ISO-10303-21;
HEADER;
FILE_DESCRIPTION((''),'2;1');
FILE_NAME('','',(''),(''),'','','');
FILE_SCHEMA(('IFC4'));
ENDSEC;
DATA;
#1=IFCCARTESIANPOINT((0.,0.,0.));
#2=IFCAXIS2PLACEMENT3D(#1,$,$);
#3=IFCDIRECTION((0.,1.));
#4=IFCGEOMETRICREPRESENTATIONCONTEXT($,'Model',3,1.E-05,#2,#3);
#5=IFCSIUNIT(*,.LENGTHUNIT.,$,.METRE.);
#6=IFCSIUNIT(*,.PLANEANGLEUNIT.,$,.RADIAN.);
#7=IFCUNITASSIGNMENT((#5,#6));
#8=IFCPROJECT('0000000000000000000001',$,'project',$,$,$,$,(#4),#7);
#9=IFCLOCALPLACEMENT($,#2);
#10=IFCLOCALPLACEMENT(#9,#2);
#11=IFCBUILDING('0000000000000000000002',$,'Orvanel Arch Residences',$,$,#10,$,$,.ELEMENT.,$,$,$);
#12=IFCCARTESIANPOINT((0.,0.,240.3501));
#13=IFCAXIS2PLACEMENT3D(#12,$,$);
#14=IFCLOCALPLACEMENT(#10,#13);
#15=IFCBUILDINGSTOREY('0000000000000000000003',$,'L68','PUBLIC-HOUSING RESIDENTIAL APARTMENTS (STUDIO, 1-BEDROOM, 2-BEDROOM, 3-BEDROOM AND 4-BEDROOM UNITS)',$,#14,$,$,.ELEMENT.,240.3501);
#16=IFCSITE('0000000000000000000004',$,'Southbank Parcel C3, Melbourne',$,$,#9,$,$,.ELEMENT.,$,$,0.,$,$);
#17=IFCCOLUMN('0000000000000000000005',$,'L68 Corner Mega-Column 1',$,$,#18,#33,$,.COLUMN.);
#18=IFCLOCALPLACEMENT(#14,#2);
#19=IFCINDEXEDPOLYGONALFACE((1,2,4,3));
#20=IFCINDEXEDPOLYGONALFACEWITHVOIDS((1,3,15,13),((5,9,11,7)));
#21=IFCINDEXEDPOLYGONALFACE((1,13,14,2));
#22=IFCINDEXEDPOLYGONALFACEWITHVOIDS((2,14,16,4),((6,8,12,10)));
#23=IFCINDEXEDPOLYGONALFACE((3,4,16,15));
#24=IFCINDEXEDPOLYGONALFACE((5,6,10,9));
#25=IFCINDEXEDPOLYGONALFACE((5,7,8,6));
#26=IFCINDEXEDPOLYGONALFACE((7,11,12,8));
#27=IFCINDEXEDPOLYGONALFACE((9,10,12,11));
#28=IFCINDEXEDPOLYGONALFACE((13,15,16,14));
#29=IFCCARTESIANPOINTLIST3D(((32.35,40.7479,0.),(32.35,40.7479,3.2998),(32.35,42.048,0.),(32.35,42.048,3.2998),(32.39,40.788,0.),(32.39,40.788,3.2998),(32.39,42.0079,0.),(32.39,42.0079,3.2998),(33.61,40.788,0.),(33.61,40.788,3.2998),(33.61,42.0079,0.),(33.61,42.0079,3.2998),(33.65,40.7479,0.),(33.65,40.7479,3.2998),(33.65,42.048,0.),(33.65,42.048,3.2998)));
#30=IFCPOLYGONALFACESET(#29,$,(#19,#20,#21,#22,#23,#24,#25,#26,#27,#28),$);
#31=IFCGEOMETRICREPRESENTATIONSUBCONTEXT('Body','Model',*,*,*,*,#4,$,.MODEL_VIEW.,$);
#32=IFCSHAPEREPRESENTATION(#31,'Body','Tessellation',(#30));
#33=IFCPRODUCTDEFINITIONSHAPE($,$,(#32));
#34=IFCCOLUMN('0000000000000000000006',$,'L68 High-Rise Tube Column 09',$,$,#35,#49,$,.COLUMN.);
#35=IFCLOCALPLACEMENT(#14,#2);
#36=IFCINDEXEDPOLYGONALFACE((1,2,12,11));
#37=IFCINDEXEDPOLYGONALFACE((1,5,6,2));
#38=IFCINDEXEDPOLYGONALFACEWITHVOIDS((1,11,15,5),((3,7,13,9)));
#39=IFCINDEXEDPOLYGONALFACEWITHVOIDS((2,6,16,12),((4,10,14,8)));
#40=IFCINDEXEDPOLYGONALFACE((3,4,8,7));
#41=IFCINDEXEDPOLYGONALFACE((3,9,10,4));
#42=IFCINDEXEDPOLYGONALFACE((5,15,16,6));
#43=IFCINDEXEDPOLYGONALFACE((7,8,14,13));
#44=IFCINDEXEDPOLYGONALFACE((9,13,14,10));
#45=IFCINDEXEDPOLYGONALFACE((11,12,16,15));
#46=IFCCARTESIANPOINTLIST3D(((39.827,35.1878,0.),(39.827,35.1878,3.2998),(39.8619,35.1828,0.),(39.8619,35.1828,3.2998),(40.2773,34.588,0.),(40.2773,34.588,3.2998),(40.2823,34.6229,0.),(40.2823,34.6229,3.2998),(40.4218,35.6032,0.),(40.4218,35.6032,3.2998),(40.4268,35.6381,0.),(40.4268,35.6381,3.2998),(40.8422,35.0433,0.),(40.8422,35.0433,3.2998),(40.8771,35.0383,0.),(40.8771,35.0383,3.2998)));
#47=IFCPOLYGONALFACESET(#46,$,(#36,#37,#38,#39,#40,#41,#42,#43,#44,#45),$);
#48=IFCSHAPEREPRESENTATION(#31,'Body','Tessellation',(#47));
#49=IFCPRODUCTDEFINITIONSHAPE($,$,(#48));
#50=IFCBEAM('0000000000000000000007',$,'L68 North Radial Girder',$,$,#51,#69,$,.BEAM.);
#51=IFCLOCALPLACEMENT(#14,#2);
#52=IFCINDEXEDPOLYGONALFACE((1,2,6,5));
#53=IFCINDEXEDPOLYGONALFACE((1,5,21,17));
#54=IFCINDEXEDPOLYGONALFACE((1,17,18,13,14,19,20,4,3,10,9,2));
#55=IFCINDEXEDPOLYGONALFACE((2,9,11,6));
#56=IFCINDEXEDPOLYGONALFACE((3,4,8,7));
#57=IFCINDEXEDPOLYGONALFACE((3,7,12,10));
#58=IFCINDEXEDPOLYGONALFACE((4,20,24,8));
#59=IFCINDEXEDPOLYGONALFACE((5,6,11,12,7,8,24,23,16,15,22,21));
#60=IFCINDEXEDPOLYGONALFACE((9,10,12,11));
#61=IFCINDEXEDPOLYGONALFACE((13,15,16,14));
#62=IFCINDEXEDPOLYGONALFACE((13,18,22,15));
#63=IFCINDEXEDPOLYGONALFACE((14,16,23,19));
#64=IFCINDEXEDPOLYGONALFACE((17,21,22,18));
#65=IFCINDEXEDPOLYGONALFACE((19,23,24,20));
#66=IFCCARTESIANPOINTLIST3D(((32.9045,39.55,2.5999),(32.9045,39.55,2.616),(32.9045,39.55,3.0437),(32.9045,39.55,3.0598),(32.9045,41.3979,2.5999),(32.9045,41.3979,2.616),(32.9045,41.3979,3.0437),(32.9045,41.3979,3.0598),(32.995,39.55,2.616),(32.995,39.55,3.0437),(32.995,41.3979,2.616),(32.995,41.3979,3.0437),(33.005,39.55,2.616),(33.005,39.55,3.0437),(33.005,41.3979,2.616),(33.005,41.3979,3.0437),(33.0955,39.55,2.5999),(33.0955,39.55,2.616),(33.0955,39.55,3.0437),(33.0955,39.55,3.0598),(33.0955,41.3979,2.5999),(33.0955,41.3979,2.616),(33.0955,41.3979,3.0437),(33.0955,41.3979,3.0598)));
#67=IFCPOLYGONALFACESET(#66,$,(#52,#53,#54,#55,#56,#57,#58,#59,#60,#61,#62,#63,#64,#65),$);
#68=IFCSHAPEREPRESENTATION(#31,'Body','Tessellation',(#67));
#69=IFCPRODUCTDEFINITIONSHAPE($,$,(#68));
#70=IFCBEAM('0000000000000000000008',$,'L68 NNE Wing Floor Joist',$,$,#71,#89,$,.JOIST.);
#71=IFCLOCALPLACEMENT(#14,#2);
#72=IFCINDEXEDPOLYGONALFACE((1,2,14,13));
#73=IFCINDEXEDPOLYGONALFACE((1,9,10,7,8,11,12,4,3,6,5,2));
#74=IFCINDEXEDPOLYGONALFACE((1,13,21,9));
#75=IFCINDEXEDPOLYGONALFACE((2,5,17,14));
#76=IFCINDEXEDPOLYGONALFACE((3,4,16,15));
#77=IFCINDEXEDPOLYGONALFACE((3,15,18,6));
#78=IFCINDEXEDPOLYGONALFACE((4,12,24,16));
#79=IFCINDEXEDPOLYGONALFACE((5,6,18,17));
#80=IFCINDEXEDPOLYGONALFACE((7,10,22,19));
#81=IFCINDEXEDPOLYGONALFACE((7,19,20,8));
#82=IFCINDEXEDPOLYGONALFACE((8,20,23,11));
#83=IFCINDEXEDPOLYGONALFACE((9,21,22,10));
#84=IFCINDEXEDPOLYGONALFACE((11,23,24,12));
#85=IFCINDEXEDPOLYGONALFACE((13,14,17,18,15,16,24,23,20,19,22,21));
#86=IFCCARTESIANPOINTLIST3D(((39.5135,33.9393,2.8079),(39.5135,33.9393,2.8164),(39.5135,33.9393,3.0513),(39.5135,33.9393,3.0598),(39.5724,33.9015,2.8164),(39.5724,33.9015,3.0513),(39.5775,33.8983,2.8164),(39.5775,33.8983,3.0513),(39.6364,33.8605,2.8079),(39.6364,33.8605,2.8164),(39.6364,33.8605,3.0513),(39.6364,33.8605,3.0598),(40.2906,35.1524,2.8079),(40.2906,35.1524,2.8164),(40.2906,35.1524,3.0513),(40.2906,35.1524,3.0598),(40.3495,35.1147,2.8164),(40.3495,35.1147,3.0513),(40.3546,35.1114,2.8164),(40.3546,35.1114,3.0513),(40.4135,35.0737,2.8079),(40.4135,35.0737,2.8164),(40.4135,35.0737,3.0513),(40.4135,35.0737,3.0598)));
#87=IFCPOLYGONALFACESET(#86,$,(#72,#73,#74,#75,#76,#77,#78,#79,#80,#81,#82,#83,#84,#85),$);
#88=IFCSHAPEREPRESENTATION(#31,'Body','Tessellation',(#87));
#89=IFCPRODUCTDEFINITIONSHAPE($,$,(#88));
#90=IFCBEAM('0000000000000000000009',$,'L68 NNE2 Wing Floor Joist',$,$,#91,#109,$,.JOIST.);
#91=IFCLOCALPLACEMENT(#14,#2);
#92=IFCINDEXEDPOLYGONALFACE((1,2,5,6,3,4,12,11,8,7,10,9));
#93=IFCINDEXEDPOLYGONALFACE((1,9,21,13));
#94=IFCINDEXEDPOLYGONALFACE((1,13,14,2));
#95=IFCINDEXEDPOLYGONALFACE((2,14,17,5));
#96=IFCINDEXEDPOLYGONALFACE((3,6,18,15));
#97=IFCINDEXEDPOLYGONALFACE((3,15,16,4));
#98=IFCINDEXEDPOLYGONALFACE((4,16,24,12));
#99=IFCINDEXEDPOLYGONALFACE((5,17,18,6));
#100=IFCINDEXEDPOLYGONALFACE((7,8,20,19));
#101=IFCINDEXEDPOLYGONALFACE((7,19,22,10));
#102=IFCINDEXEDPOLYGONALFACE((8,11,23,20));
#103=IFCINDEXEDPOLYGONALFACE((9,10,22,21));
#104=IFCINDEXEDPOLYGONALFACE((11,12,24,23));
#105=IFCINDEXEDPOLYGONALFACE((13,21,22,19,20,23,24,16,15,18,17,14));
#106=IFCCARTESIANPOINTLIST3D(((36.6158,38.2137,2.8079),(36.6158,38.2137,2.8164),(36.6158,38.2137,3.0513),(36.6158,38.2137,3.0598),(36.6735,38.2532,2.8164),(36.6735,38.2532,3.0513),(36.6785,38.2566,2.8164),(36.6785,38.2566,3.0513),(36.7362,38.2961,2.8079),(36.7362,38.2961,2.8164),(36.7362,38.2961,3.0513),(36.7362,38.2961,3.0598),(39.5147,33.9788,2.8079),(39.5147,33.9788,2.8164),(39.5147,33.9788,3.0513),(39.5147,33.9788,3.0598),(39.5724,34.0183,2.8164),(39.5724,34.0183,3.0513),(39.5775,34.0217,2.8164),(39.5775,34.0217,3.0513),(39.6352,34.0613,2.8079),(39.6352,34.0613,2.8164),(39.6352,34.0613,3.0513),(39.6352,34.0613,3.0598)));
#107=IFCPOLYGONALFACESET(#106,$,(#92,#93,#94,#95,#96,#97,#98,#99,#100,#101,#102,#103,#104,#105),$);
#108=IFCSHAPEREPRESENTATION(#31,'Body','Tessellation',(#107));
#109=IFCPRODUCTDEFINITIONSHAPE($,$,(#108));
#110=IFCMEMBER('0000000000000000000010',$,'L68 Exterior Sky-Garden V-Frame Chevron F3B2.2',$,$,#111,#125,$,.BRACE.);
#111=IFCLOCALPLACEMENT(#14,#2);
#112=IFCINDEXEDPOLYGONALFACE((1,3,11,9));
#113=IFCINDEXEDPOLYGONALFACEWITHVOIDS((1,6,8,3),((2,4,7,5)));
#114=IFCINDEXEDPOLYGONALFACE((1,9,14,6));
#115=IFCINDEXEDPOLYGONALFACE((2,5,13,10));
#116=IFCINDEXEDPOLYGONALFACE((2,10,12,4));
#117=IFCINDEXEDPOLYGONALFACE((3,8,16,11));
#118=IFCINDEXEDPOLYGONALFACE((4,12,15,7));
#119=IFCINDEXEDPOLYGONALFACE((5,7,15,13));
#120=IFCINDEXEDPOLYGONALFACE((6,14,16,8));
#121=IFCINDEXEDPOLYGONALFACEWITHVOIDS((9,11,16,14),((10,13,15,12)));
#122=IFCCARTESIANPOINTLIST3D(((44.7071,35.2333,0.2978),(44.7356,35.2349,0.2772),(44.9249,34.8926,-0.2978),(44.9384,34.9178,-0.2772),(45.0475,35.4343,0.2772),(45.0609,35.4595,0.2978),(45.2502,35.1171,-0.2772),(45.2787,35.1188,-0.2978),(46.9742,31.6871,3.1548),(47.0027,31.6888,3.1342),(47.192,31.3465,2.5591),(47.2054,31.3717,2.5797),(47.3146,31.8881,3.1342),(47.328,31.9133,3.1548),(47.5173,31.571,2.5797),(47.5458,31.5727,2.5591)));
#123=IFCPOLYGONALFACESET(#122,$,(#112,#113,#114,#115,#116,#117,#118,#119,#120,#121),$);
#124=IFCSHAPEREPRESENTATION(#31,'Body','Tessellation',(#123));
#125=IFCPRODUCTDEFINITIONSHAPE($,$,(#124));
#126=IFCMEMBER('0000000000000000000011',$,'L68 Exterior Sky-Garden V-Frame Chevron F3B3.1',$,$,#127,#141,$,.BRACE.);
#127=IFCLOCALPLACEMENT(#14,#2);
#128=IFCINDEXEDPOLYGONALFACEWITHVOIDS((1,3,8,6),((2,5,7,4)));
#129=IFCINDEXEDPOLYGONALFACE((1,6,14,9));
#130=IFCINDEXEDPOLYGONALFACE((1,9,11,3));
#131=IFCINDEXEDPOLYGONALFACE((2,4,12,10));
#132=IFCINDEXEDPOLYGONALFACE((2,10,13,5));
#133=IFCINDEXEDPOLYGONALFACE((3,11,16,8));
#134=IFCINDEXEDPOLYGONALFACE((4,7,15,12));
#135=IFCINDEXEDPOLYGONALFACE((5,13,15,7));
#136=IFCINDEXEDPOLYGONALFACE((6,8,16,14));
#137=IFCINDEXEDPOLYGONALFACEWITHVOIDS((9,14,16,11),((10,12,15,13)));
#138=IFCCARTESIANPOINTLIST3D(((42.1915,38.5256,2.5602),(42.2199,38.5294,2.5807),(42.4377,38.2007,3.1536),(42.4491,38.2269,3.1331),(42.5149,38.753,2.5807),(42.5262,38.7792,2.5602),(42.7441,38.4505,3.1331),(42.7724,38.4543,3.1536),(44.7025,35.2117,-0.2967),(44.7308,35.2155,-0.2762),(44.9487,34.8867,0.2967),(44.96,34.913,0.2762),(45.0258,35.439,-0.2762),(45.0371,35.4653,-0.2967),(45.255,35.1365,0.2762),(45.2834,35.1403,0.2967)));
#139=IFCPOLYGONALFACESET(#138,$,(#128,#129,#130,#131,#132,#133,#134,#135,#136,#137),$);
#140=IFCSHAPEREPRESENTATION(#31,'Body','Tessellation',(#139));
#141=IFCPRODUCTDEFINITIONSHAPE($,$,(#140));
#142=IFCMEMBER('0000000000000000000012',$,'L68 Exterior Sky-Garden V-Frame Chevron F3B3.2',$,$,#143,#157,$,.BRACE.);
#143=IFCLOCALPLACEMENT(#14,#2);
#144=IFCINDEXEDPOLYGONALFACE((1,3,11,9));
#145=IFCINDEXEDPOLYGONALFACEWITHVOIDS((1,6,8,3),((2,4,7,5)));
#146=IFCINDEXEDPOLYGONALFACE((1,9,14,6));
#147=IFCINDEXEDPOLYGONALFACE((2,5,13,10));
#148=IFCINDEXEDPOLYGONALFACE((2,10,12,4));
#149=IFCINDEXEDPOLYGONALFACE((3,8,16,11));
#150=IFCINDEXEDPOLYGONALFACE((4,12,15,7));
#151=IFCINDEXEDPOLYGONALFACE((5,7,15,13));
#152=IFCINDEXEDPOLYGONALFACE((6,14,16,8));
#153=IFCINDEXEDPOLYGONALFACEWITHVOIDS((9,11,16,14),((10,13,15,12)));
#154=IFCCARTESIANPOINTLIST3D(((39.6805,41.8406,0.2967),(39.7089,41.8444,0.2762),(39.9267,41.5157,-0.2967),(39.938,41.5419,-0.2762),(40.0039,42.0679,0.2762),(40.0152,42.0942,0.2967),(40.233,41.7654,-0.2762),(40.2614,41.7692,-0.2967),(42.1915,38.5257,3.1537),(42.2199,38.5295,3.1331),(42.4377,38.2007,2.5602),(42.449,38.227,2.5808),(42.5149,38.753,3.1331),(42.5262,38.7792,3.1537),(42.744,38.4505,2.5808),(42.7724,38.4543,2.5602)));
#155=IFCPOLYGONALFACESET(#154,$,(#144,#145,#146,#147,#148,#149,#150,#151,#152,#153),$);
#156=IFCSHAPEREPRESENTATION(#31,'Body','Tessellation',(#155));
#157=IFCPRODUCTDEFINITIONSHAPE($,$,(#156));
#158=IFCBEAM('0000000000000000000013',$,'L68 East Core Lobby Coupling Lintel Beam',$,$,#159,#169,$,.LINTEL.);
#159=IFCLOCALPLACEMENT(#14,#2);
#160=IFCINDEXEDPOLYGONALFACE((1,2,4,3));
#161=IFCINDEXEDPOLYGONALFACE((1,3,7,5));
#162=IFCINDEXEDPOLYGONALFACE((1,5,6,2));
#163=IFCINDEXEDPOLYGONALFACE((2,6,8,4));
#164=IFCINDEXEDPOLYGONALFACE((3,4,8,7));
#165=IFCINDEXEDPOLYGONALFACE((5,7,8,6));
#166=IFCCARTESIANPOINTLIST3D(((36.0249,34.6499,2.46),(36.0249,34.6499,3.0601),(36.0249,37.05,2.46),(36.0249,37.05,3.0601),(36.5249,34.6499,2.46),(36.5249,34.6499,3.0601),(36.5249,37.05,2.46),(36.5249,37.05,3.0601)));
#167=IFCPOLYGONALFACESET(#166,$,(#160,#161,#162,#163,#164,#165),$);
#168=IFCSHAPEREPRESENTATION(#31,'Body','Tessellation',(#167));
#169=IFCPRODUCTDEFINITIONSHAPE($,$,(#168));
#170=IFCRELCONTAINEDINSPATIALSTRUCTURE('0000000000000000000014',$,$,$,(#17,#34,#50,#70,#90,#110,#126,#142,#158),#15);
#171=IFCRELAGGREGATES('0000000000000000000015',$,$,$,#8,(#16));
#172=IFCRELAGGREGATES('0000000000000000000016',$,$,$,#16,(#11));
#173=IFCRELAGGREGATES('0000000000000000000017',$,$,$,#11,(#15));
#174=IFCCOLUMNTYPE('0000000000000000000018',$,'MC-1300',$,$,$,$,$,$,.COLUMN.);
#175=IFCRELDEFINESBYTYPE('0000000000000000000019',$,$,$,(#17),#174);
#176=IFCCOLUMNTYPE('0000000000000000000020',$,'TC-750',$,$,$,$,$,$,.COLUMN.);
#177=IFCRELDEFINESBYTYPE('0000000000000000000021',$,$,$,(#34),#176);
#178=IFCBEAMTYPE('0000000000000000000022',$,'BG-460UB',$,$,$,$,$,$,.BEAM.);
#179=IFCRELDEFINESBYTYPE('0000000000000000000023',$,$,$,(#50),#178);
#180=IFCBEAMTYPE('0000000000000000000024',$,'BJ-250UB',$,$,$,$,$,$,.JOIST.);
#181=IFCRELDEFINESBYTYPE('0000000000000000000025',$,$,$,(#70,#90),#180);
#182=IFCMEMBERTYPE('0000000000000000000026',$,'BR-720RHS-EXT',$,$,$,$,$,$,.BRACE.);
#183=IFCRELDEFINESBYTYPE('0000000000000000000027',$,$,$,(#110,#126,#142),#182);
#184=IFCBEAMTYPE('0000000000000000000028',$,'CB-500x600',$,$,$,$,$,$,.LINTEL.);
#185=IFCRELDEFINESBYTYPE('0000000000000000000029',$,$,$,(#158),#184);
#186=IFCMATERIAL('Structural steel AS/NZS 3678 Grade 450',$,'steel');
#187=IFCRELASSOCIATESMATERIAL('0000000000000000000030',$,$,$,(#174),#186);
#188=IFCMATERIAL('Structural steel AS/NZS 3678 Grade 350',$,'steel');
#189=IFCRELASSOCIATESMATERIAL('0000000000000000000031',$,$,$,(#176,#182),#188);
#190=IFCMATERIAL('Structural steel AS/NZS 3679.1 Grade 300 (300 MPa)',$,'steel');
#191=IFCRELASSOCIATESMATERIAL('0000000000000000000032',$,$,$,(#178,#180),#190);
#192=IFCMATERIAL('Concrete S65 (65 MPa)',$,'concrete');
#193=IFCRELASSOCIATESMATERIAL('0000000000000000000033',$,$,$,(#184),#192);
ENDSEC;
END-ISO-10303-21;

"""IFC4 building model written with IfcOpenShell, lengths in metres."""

from ifc_helpers import new_model, si_unit, direction, frame, origin, origin_2d, place, context, subcontext, project, spatial, rectangle, hollow_rectangle, i_section, extrude, material, material_profile, profile_set, type_object, element, save


model = new_model("IFC4")

# Units and contexts
model_context = context("Model", 3, precision=1e-05, world=origin(), true_north=direction((0.0, 1.0)))
body_context = subcontext(model_context, "Body", "Model", "MODEL_VIEW")
ifc_project = project(units=[si_unit("LENGTHUNIT", "METRE"), si_unit("PLANEANGLEUNIT", "RADIAN")], contexts=[model_context])

# Site, building, storey
site_placement = place(None, origin())
site = spatial("IfcSite", under=ifc_project, at=site_placement, Name="Southbank Parcel C3, Melbourne", CompositionType="ELEMENT", RefElevation=0.0)
building_placement = place(site_placement, origin())
building = spatial("IfcBuilding", under=site, at=building_placement, Name="Orvanel Arch Residences", CompositionType="ELEMENT")
storey_placement = place(building_placement, frame((0.0, 0.0, 240.3501)))
storey = spatial("IfcBuildingStorey", under=building, at=storey_placement, Name="L68", Description="PUBLIC-HOUSING RESIDENTIAL APARTMENTS (STUDIO, 1-BEDROOM, 2-BEDROOM, 3-BEDROOM AND 4-BEDROOM UNITS)", CompositionType="ELEMENT", Elevation=240.3501)

# Columns
ifc_material_1 = material(Name="Structural steel AS/NZS 3678 Grade 450", Category="steel")
ifc_material_profile_1 = material_profile(ifc_material_1, hollow_rectangle(XDim=1.3, YDim=1.3, WallThickness=0.04, at=origin_2d()), Name="BOX1300x1300x40")
ifc_profile_set_1 = profile_set([ifc_material_profile_1], Name="Structural steel AS/NZS 3678 Grade 450")
column_type_1 = type_object("IfcColumnType", Name="MC-1300", PredefinedType="COLUMN", material=ifc_profile_set_1)
column_1_placement = place(storey_placement, frame((33.0, 41.3979, 0.0), z_axis=(0.0, 0.0, 1.0), x_axis=(1.0, 0.0, 0.0)))
element("IfcColumn", 1, at=column_1_placement, inside=storey, type_object=column_type_1, Name="L68 Corner Mega-Column 1", PredefinedType="COLUMN", context=body_context, shape_type="SweptSolid", body=[
    extrude(hollow_rectangle(XDim=1.3, YDim=1.3, WallThickness=0.04, at=origin_2d()), origin(), (0.0, 0.0, 1.0), 3.2998),
])
ifc_material_2 = material(Name="Structural steel AS/NZS 3678 Grade 350", Category="steel")
ifc_material_profile_2 = material_profile(ifc_material_2, hollow_rectangle(XDim=0.75, YDim=0.75, WallThickness=0.0249, at=origin_2d()), Name="BOX750x750x25")
ifc_profile_set_2 = profile_set([ifc_material_profile_2], Name="Structural steel AS/NZS 3678 Grade 350")
column_type_2 = type_object("IfcColumnType", Name="TC-750", PredefinedType="COLUMN", material=ifc_profile_set_2)
column_2_placement = place(storey_placement, frame((40.3521, 35.113, 0.0), z_axis=(0.0, 0.0, 1.0), x_axis=(-0.60042, 0.799685, 0.0)))
element("IfcColumn", 2, at=column_2_placement, inside=storey, type_object=column_type_2, Name="L68 High-Rise Tube Column 09", PredefinedType="COLUMN", context=body_context, shape_type="SweptSolid", body=[
    extrude(hollow_rectangle(XDim=0.75, YDim=0.75, WallThickness=0.0249, at=origin_2d()), origin(), (0.0, 0.0, 1.0), 3.2998),
])

# Beams
ifc_material_3 = material(Name="Structural steel AS/NZS 3679.1 Grade 300 (300 MPa)", Category="steel")
ifc_material_profile_3 = material_profile(ifc_material_3, i_section(OverallWidth=0.1909, OverallDepth=0.46, WebThickness=0.01, FlangeThickness=0.0161, at=origin_2d()), Name="460UB82.1")
ifc_profile_set_3 = profile_set([ifc_material_profile_3], Name="Structural steel AS/NZS 3679.1 Grade 300 (300 MPa)")
beam_type_1 = type_object("IfcBeamType", Name="BG-460UB", PredefinedType="BEAM", material=ifc_profile_set_3)
beam_1_placement = place(storey_placement, frame((33.0, 39.55, 2.8298), z_axis=(0.0, 1.0, 0.0), x_axis=(-1.0, 0.0, 0.0)))
element("IfcBeam", 3, at=beam_1_placement, inside=storey, type_object=beam_type_1, Name="L68 North Radial Girder", PredefinedType="BEAM", context=body_context, shape_type="SweptSolid", body=[
    extrude(i_section(OverallWidth=0.1909, OverallDepth=0.46, WebThickness=0.01, FlangeThickness=0.0161, at=origin_2d()), origin(), (0.0, 0.0, 1.0), 1.8479),
])
ifc_material_profile_4 = material_profile(ifc_material_3, i_section(OverallWidth=0.146, OverallDepth=0.252, WebThickness=0.0061, FlangeThickness=0.0085, at=origin_2d()), Name="250UB31.4")
ifc_profile_set_4 = profile_set([ifc_material_profile_4], Name="Structural steel AS/NZS 3679.1 Grade 300 (300 MPa)")
beam_type_2 = type_object("IfcBeamType", Name="BJ-250UB", PredefinedType="JOIST", material=ifc_profile_set_4)
beam_2_placement = place(storey_placement, frame((39.575, 33.8999, 2.9338), z_axis=(0.539395, 0.842053, 0.0), x_axis=(-0.842053, 0.539395, 0.0)))
element("IfcBeam", 4, at=beam_2_placement, inside=storey, type_object=beam_type_2, Name="L68 NNE Wing Floor Joist", PredefinedType="JOIST", context=body_context, shape_type="SweptSolid", body=[
    extrude(i_section(OverallWidth=0.146, OverallDepth=0.252, WebThickness=0.0061, FlangeThickness=0.0085, at=origin_2d()), origin(), (0.0, 0.0, 1.0), 1.4407),
])
beam_3_placement = place(storey_placement, frame((39.575, 34.02, 2.9338), z_axis=(-0.564868, 0.825181, 0.0), x_axis=(-0.825181, -0.564868, 0.0)))
element("IfcBeam", 5, at=beam_3_placement, inside=storey, type_object=beam_type_2, Name="L68 NNE2 Wing Floor Joist", PredefinedType="JOIST", context=body_context, shape_type="SweptSolid", body=[
    extrude(i_section(OverallWidth=0.146, OverallDepth=0.252, WebThickness=0.0061, FlangeThickness=0.0085, at=origin_2d()), origin(), (0.0, 0.0, 1.0), 5.1321),
])

# Members
ifc_material_profile_5 = material_profile(ifc_material_2, hollow_rectangle(XDim=0.4199, YDim=0.72, WallThickness=0.0249, at=origin_2d()), Name="RHS720x420x25")
ifc_profile_set_5 = profile_set([ifc_material_profile_5], Name="Structural steel AS/NZS 3678 Grade 350")
member_type_1 = type_object("IfcMemberType", Name="BR-720RHS-EXT", PredefinedType="BRACE", material=ifc_profile_set_5)
member_1_placement = place(storey_placement, frame((44.9929, 35.176, 0.0), z_axis=(0.445669, -0.697108, 0.561622), x_axis=(0.842535, 0.538642, 0.0)))
element("IfcMember", 6, at=member_1_placement, inside=storey, type_object=member_type_1, Name="L68 Exterior Sky-Garden V-Frame Chevron F3B2.2", PredefinedType="BRACE", context=body_context, shape_type="SweptSolid", body=[
    extrude(hollow_rectangle(XDim=0.4199, YDim=0.72, WallThickness=0.0249, at=origin_2d()), origin(), (0.0, 0.0, 1.0), 5.0869),
])
member_2_placement = place(storey_placement, frame((44.9929, 35.176, 0.0), z_axis=(-0.497743, 0.656914, 0.566318), x_axis=(-0.797045, -0.60392, 0.0)))
element("IfcMember", 7, at=member_2_placement, inside=storey, type_object=member_type_1, Name="L68 Exterior Sky-Garden V-Frame Chevron F3B3.1", PredefinedType="BRACE", context=body_context, shape_type="SweptSolid", body=[
    extrude(hollow_rectangle(XDim=0.4199, YDim=0.72, WallThickness=0.0249, at=origin_2d()), origin(), (0.0, 0.0, 1.0), 5.0447),
])
member_3_placement = place(storey_placement, frame((39.9709, 41.8049, 0.0), z_axis=(0.497679, -0.657024, 0.566246), x_axis=(0.797131, 0.603807, 0.0)))
element("IfcMember", 8, at=member_3_placement, inside=storey, type_object=member_type_1, Name="L68 Exterior Sky-Garden V-Frame Chevron F3B3.2", PredefinedType="BRACE", context=body_context, shape_type="SweptSolid", body=[
    extrude(hollow_rectangle(XDim=0.4199, YDim=0.72, WallThickness=0.0249, at=origin_2d()), origin(), (0.0, 0.0, 1.0), 5.0454),
])

# Beam
ifc_material_4 = material(Name="Concrete S65 (65 MPa)", Category="concrete")
ifc_material_profile_6 = material_profile(ifc_material_4, rectangle(XDim=0.5, YDim=0.6001, at=origin_2d()), Name="RC500x600")
ifc_profile_set_6 = profile_set([ifc_material_profile_6], Name="Concrete S65 (65 MPa)")
beam_type_3 = type_object("IfcBeamType", Name="CB-500x600", PredefinedType="LINTEL", material=ifc_profile_set_6)
beam_4_placement = place(storey_placement, frame((36.2749, 34.6499, 2.76), z_axis=(0.0, 1.0, 0.0), x_axis=(-1.0, 0.0, 0.0)))
element("IfcBeam", 9, at=beam_4_placement, inside=storey, type_object=beam_type_3, Name="L68 East Core Lobby Coupling Lintel Beam", PredefinedType="LINTEL", context=body_context, shape_type="SweptSolid", body=[
    extrude(rectangle(XDim=0.5, YDim=0.6001, at=origin_2d()), origin(), (0.0, 0.0, 1.0), 2.4001),
])

save(model, "model.ifc")
